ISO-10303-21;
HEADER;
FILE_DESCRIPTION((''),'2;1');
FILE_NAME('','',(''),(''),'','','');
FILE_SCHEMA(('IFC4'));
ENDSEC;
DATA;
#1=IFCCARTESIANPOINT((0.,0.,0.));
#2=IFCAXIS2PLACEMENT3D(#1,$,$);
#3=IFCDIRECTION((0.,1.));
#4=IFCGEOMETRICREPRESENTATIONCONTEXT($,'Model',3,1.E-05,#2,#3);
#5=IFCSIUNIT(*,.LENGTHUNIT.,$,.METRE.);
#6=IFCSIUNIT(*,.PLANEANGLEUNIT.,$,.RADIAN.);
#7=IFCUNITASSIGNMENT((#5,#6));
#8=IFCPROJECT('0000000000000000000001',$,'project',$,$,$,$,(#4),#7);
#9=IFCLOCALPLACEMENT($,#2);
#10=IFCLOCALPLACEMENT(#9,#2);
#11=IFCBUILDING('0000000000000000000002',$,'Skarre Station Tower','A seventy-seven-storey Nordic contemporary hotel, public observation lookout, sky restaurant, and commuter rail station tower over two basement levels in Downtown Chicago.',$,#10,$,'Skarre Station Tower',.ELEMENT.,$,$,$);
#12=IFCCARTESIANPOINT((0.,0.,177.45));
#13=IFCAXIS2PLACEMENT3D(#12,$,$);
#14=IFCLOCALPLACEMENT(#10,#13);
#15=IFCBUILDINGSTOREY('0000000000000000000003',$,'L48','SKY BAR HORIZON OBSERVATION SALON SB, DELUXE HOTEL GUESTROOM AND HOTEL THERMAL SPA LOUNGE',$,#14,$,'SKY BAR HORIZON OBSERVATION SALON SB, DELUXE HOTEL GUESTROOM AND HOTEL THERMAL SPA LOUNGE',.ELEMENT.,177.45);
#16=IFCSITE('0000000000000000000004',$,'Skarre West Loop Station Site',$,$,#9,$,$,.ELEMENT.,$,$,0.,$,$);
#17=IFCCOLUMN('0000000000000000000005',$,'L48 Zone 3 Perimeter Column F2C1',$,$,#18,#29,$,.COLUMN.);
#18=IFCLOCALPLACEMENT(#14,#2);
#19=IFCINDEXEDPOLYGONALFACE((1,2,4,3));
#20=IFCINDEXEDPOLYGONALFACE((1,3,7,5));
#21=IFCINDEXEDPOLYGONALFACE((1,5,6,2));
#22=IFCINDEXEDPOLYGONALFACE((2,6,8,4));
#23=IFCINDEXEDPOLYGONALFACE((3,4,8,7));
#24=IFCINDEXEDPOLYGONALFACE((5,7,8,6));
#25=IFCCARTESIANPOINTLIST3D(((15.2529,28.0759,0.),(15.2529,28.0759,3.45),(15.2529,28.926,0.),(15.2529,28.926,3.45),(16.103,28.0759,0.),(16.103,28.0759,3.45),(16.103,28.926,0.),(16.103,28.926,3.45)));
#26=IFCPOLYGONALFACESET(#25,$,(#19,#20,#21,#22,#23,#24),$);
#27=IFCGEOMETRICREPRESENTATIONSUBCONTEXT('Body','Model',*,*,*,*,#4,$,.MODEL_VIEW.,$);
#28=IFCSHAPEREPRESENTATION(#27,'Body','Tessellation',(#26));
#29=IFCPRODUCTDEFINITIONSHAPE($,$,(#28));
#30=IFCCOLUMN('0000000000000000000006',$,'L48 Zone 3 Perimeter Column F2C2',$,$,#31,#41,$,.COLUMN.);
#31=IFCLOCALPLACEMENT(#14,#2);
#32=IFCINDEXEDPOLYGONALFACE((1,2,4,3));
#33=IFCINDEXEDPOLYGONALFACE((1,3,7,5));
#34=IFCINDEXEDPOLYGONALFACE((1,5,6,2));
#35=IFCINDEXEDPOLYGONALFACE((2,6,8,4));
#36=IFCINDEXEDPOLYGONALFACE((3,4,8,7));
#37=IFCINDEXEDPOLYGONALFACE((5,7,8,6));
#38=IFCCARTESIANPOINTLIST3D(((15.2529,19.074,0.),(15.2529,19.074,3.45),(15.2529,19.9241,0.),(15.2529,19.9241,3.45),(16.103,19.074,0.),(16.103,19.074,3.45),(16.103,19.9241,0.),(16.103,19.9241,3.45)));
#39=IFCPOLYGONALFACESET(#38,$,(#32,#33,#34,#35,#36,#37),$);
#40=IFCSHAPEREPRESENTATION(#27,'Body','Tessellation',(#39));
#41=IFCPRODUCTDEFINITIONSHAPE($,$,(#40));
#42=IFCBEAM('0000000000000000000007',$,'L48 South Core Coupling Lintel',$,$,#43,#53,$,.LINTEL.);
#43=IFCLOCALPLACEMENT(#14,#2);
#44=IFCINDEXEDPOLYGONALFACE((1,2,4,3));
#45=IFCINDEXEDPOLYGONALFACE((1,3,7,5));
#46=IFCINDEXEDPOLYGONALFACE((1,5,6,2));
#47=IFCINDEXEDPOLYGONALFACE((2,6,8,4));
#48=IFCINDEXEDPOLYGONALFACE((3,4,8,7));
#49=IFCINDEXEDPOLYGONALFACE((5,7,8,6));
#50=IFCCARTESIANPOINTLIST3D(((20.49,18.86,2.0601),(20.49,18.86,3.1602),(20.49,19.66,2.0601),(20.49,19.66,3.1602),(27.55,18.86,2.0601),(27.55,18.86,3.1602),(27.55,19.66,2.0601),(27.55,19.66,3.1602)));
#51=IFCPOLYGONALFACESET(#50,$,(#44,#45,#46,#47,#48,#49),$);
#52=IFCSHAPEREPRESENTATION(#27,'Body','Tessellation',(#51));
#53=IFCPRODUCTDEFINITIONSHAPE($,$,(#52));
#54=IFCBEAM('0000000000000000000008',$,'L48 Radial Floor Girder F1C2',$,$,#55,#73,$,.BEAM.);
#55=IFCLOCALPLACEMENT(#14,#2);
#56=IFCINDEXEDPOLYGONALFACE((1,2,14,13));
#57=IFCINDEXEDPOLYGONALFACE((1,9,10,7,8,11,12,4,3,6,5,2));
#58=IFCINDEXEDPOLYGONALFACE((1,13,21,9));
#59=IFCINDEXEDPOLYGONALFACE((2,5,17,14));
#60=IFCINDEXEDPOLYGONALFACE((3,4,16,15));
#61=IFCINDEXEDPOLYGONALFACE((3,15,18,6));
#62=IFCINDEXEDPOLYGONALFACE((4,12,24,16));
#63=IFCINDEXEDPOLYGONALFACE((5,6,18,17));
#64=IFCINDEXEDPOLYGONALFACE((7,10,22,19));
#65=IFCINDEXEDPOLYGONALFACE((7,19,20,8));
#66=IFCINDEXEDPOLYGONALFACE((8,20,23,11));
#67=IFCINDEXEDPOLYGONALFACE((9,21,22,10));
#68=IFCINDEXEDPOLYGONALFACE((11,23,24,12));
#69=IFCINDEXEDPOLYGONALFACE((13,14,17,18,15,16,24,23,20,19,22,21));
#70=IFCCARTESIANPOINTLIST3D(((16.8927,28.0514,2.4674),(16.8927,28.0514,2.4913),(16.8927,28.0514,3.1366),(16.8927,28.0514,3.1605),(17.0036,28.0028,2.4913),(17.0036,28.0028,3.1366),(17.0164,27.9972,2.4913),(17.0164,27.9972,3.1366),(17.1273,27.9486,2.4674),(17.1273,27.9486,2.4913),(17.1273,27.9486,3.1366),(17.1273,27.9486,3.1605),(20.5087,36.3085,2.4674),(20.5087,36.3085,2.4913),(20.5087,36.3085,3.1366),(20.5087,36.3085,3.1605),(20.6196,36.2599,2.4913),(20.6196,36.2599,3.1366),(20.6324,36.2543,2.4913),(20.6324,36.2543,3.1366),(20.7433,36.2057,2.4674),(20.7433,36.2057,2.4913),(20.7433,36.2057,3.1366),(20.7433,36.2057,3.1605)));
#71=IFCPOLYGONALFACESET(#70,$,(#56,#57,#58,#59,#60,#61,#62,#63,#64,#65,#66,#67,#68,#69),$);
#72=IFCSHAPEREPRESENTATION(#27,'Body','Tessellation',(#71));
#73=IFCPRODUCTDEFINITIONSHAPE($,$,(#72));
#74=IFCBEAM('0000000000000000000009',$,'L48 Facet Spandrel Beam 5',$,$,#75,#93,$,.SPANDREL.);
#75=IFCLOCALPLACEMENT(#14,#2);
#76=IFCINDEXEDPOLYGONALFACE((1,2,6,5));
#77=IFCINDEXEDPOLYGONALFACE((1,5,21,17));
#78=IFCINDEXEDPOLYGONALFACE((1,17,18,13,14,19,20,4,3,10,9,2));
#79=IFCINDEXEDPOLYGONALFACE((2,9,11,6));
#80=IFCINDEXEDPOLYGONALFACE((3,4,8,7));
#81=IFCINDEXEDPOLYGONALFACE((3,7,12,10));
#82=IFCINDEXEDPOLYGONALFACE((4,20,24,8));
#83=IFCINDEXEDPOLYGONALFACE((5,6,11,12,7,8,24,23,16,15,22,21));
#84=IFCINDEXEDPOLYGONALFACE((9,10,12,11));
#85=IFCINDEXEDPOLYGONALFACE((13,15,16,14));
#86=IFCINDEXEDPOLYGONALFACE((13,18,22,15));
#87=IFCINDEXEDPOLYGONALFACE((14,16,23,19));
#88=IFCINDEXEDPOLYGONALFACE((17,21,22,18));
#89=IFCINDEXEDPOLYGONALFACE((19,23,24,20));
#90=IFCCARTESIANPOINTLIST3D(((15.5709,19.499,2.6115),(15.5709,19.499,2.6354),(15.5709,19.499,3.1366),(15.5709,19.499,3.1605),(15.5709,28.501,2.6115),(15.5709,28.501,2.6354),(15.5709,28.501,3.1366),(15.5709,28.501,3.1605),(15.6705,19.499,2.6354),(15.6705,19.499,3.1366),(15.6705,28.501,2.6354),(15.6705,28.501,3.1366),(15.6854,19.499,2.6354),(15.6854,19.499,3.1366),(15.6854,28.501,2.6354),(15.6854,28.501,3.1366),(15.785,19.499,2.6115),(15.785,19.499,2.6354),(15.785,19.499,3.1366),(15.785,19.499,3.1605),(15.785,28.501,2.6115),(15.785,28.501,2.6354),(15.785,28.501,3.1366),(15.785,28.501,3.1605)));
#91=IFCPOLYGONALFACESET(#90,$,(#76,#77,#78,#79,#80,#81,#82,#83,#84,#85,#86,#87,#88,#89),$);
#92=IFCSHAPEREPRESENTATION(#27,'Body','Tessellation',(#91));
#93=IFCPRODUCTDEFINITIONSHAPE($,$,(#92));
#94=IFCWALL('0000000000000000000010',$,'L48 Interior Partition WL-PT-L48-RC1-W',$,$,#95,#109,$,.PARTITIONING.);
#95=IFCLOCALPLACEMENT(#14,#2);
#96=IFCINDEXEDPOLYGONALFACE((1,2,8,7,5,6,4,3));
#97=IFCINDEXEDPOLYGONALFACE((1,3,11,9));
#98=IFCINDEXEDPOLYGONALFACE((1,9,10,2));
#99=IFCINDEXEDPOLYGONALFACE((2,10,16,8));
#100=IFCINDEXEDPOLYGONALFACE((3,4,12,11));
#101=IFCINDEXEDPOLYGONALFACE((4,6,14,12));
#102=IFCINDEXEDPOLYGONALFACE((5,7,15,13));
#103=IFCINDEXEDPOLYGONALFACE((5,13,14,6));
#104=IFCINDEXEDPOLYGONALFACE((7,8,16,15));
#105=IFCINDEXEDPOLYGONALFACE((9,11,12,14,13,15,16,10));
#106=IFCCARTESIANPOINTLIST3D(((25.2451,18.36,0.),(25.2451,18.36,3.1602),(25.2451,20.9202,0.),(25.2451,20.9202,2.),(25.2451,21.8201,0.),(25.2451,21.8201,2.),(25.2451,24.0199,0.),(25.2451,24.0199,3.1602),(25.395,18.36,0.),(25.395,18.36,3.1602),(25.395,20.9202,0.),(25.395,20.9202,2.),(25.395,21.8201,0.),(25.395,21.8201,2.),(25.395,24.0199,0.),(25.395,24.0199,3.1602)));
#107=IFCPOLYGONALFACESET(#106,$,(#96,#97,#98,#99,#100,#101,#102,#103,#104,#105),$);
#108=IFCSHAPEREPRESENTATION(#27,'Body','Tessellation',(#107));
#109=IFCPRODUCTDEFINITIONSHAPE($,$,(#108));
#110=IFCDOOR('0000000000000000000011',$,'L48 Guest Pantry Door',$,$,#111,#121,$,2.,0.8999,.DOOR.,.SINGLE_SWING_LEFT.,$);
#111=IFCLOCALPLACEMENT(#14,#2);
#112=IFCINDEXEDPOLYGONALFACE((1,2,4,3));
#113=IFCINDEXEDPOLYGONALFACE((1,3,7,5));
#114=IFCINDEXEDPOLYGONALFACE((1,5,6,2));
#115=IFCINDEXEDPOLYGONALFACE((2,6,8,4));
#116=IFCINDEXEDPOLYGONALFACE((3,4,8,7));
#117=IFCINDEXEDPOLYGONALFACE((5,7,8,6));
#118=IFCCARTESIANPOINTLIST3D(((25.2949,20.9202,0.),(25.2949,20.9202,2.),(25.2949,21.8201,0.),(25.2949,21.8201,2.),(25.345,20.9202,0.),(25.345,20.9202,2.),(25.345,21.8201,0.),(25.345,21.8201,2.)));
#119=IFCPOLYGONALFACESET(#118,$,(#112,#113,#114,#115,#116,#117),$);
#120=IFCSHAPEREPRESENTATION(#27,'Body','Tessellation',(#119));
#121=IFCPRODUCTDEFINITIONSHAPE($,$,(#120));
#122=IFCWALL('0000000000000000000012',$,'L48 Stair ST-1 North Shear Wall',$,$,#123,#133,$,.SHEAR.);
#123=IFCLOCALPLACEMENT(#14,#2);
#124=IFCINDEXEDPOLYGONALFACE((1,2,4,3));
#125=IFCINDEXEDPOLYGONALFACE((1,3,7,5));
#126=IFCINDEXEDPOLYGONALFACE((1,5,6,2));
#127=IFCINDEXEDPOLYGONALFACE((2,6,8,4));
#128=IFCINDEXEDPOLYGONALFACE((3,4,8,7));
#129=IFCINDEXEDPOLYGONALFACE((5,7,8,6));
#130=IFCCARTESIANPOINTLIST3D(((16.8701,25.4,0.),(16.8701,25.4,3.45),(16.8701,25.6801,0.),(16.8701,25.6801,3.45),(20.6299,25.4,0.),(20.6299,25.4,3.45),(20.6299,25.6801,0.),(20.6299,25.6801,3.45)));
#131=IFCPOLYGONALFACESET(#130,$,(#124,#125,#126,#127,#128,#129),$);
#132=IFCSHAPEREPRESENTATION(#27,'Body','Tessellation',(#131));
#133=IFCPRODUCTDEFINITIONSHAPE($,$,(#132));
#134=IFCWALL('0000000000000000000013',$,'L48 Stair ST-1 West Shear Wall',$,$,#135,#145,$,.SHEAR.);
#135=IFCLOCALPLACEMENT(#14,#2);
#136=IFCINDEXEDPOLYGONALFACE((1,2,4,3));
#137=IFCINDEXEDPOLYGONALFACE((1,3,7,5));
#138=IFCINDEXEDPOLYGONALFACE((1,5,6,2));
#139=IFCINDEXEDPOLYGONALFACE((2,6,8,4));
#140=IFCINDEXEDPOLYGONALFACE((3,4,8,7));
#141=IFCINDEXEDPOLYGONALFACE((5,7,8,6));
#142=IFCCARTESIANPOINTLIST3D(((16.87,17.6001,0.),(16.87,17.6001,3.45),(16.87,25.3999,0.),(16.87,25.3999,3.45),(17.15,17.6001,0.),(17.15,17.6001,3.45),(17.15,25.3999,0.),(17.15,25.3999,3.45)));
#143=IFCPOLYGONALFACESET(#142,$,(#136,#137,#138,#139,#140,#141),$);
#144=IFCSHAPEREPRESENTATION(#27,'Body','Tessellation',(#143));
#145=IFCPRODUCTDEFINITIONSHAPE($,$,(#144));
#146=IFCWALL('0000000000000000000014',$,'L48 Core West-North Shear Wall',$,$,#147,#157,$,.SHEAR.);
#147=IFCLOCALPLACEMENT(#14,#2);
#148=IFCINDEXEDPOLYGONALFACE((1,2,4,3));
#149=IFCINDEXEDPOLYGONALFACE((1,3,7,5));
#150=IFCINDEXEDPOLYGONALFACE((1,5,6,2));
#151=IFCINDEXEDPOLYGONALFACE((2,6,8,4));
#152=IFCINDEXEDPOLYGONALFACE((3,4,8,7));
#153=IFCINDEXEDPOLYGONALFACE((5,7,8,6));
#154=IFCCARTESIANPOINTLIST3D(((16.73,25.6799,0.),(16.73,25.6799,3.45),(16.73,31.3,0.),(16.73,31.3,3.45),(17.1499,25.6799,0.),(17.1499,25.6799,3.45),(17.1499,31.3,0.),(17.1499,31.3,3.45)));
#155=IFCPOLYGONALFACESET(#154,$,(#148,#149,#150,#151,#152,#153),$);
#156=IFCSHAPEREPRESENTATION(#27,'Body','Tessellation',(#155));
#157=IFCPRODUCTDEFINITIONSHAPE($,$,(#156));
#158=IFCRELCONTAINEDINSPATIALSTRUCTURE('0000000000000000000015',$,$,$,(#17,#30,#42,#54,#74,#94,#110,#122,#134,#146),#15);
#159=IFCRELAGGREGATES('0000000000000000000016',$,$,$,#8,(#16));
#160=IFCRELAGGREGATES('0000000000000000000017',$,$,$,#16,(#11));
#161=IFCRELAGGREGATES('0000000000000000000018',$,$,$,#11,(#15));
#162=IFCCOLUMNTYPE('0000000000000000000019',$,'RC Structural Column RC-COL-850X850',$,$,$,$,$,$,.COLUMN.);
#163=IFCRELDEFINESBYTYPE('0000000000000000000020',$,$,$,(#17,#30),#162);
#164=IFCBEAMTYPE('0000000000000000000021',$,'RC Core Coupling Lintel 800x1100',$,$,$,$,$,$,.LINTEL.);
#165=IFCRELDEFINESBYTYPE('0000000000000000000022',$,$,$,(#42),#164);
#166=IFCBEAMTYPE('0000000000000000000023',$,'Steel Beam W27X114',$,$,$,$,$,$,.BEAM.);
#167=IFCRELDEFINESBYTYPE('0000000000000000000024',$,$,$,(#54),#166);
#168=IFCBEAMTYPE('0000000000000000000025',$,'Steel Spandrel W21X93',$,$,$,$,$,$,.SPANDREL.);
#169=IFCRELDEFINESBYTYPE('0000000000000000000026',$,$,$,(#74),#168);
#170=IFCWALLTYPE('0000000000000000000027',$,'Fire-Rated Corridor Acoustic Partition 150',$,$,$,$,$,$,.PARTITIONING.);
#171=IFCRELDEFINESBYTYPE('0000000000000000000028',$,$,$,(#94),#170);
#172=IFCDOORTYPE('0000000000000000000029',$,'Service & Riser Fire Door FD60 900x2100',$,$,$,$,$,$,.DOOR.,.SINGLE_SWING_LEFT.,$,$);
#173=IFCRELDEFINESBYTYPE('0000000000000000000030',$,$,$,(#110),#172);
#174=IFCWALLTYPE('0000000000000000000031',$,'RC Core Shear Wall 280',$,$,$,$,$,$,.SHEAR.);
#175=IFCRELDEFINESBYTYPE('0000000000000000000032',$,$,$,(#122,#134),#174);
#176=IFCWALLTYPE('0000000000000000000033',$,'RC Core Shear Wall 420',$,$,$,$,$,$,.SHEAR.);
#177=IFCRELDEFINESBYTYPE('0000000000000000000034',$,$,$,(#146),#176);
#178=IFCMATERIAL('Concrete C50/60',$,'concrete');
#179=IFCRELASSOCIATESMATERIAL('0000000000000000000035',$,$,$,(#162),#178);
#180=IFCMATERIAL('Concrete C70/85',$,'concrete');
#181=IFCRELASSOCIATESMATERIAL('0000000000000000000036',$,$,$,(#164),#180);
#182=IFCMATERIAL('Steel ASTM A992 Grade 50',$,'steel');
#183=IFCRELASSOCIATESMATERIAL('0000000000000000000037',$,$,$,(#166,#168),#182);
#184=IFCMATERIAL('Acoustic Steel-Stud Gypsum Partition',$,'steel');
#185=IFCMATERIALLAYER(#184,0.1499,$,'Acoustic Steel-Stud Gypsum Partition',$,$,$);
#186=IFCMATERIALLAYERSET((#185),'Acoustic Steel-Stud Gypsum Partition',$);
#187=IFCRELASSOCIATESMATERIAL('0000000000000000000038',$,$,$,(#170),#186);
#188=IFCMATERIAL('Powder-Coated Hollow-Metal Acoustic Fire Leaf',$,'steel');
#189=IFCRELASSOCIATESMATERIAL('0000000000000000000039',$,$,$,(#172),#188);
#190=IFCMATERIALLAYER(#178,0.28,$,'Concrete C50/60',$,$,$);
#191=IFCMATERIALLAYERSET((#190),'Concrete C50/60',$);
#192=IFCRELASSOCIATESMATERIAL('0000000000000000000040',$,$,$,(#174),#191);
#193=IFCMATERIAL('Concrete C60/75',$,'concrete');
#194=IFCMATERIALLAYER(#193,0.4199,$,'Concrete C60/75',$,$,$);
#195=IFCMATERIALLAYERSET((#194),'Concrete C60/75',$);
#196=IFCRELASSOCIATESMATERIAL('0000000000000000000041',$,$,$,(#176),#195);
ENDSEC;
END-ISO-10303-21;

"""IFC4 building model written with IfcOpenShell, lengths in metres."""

from ifc_helpers import new_model, si_unit, direction, frame, frame_2d, origin, origin_2d, place, context, subcontext, project, spatial, rectangle, i_section, extrude, material, layer, layer_set, material_profile, profile_set, type_object, element, fill, save


model = new_model("IFC4")

# Units and contexts
model_context = context("Model", 3, precision=1e-05, world=origin(), true_north=direction((0.0, 1.0)))
body_context = subcontext(model_context, "Body", "Model", "MODEL_VIEW")
ifc_project = project(units=[si_unit("LENGTHUNIT", "METRE"), si_unit("PLANEANGLEUNIT", "RADIAN")], contexts=[model_context])

# Site, building, storey
site_placement = place(None, origin())
site = spatial("IfcSite", under=ifc_project, at=site_placement, Name="Skarre West Loop Station Site", CompositionType="ELEMENT", RefElevation=0.0)
building_placement = place(site_placement, origin())
building = spatial("IfcBuilding", under=site, at=building_placement, Name="Skarre Station Tower", Description="A seventy-seven-storey Nordic contemporary hotel, public observation lookout, sky restaurant, and commuter rail station tower over two basement levels in Downtown Chicago.", LongName="Skarre Station Tower", CompositionType="ELEMENT")
storey_placement = place(building_placement, frame((0.0, 0.0, 177.45)))
storey = spatial("IfcBuildingStorey", under=building, at=storey_placement, Name="L48", Description="SKY BAR HORIZON OBSERVATION SALON SB, DELUXE HOTEL GUESTROOM AND HOTEL THERMAL SPA LOUNGE", LongName="SKY BAR HORIZON OBSERVATION SALON SB, DELUXE HOTEL GUESTROOM AND HOTEL THERMAL SPA LOUNGE", CompositionType="ELEMENT", Elevation=177.45)

# Columns
ifc_material_1 = material(Name="Concrete C50/60", Category="concrete")
ifc_material_profile_1 = material_profile(ifc_material_1, rectangle(XDim=0.8501, YDim=0.8501, at=origin_2d()), Name="Concrete C50/60")
ifc_profile_set_1 = profile_set([ifc_material_profile_1], Name="Concrete C50/60")
column_type = type_object("IfcColumnType", Name="RC Structural Column RC-COL-850X850", PredefinedType="COLUMN", material=ifc_profile_set_1)
for number, where, z_axis, x_axis, name in (
    (1, (15.678, 28.501, 0.0), (0.0, 0.0, 1.0), (1.0, 0.0, 0.0), "L48 Zone 3 Perimeter Column F2C1"),
    (2, (15.678, 19.499, 0.0), (0.0, 0.0, 1.0), (1.0, 0.0, 0.0), "L48 Zone 3 Perimeter Column F2C2"),
):
    element("IfcColumn", number, at=place(storey_placement, frame(where, z_axis=z_axis, x_axis=x_axis)), inside=storey, type_object=column_type, Name=name, PredefinedType="COLUMN", context=body_context, shape_type="SweptSolid", body=[
        extrude(rectangle(XDim=0.8501, YDim=0.8501, at=origin_2d()), origin(), (0.0, 0.0, 1.0), 3.45),
    ])

# Beams
ifc_material_2 = material(Name="Concrete C70/85", Category="concrete")
ifc_material_profile_2 = material_profile(ifc_material_2, rectangle(XDim=0.8, YDim=1.1001, at=origin_2d()), Name="Concrete C70/85")
ifc_profile_set_2 = profile_set([ifc_material_profile_2], Name="Concrete C70/85")
beam_type_1 = type_object("IfcBeamType", Name="RC Core Coupling Lintel 800x1100", PredefinedType="LINTEL", material=ifc_profile_set_2)
beam_1_placement = place(storey_placement, frame((20.49, 19.26, 2.6101), z_axis=(1.0, 0.0, 0.0), x_axis=(0.0, 1.0, 0.0)))
element("IfcBeam", 3, at=beam_1_placement, inside=storey, type_object=beam_type_1, Name="L48 South Core Coupling Lintel", PredefinedType="LINTEL", context=body_context, shape_type="SweptSolid", body=[
    extrude(rectangle(XDim=0.8, YDim=1.1001, at=origin_2d()), origin(), (0.0, 0.0, 1.0), 7.0601),
])
ifc_material_3 = material(Name="Steel ASTM A992 Grade 50", Category="steel")
ifc_material_profile_3 = material_profile(ifc_material_3, i_section(OverallWidth=0.2561, OverallDepth=0.6931, WebThickness=0.0139, FlangeThickness=0.0239, at=origin_2d()), Name="Steel ASTM A992 Grade 50")
ifc_profile_set_3 = profile_set([ifc_material_profile_3], Name="Steel ASTM A992 Grade 50")
beam_type_2 = type_object("IfcBeamType", Name="Steel Beam W27X114", PredefinedType="BEAM", material=ifc_profile_set_3)
beam_2_placement = place(storey_placement, frame((17.01, 28.0, 2.814), z_axis=(0.401144, 0.916015, 0.0), x_axis=(-0.916015, 0.401144, 0.0)))
element("IfcBeam", 4, at=beam_2_placement, inside=storey, type_object=beam_type_2, Name="L48 Radial Floor Girder F1C2", PredefinedType="BEAM", context=body_context, shape_type="SweptSolid", body=[
    extrude(i_section(OverallWidth=0.2561, OverallDepth=0.6931, WebThickness=0.0139, FlangeThickness=0.0239, at=origin_2d()), origin(), (0.0, 0.0, 1.0), 9.0142),
])
ifc_material_profile_4 = material_profile(ifc_material_3, i_section(OverallWidth=0.2141, OverallDepth=0.5491, WebThickness=0.0149, FlangeThickness=0.0239, at=origin_2d()), Name="Steel ASTM A992 Grade 50")
ifc_profile_set_4 = profile_set([ifc_material_profile_4], Name="Steel ASTM A992 Grade 50")
beam_type_3 = type_object("IfcBeamType", Name="Steel Spandrel W21X93", PredefinedType="SPANDREL", material=ifc_profile_set_4)
beam_3_placement = place(storey_placement, frame((15.678, 28.501, 2.886), z_axis=(0.0, -1.0, 0.0), x_axis=(1.0, 0.0, 0.0)))
element("IfcBeam", 5, at=beam_3_placement, inside=storey, type_object=beam_type_3, Name="L48 Facet Spandrel Beam 5", PredefinedType="SPANDREL", context=body_context, shape_type="SweptSolid", body=[
    extrude(i_section(OverallWidth=0.2141, OverallDepth=0.5491, WebThickness=0.0149, FlangeThickness=0.0239, at=origin_2d()), origin(), (0.0, 0.0, 1.0), 9.002),
])

# Wall, opening, door
ifc_material_4 = material(Name="Acoustic Steel-Stud Gypsum Partition", Category="steel")
ifc_layer_1 = layer(ifc_material_4, 0.1499, Name="Acoustic Steel-Stud Gypsum Partition")
ifc_layer_set_1 = layer_set([ifc_layer_1], Name="Acoustic Steel-Stud Gypsum Partition")
wall_type_1 = type_object("IfcWallType", Name="Fire-Rated Corridor Acoustic Partition 150", PredefinedType="PARTITIONING", material=ifc_layer_set_1)
wall_1_placement = place(storey_placement, frame((25.3201, 24.02, 0.0), z_axis=(0.0, 0.0, 1.0), x_axis=(0.0, -1.0, 0.0)))
wall_1 = element("IfcWall", 6, at=wall_1_placement, inside=storey, type_object=wall_type_1, Name="L48 Interior Partition WL-PT-L48-RC1-W", PredefinedType="PARTITIONING", context=body_context, shape_type="SweptSolid", body=[
    extrude(rectangle(XDim=5.6599, YDim=0.1499, at=frame_2d((2.8301, 0.0))), origin(), (0.0, 0.0, 1.0), 3.1602),
])
opening_1_placement = place(wall_1_placement, frame((2.2, 0.0, 0.0)))
opening_1 = element("IfcOpeningElement", 7, at=opening_1_placement, cuts=wall_1, PredefinedType="OPENING", context=body_context, shape_type="SweptSolid", body=[
    extrude(rectangle(XDim=0.8999, YDim=2.0, at=frame_2d((0.45, 1.0))), frame((0.0, 0.085, 0.0), z_axis=(0.0, -1.0, 0.0), x_axis=(1.0, 0.0, 0.0)), (0.0, 0.0, 1.0), 0.1699),
])
ifc_material_5 = material(Name="Powder-Coated Hollow-Metal Acoustic Fire Leaf", Category="steel")
door_type_1 = type_object("IfcDoorType", Name="Service & Riser Fire Door FD60 900x2100", OperationType="SINGLE_SWING_LEFT", PredefinedType="DOOR", material=ifc_material_5)
door_1_placement = place(opening_1_placement, origin())
door_1 = element("IfcDoor", 8, at=door_1_placement, inside=storey, type_object=door_type_1, Name="L48 Guest Pantry Door", OperationType="SINGLE_SWING_LEFT", OverallHeight=2.0, OverallWidth=0.8999, PredefinedType="DOOR", context=body_context, shape_type="SweptSolid", body=[
    extrude(rectangle(XDim=0.8999, YDim=2.0, at=frame_2d((0.45, 1.0))), frame((0.0, 0.0249, 0.0), z_axis=(0.0, -1.0, 0.0), x_axis=(1.0, 0.0, 0.0)), (0.0, 0.0, 1.0), 0.05),
])
fill(opening_1, door_1)

# Walls
ifc_layer_2 = layer(ifc_material_1, 0.28, Name="Concrete C50/60")
ifc_layer_set_2 = layer_set([ifc_layer_2], Name="Concrete C50/60")
wall_type_2 = type_object("IfcWallType", Name="RC Core Shear Wall 280", PredefinedType="SHEAR", material=ifc_layer_set_2)
wall_2_placement = place(storey_placement, frame((20.6299, 25.54, 0.0), z_axis=(0.0, 0.0, 1.0), x_axis=(-1.0, 0.0, 0.0)))
element("IfcWall", 9, at=wall_2_placement, inside=storey, type_object=wall_type_2, Name="L48 Stair ST-1 North Shear Wall", PredefinedType="SHEAR", context=body_context, shape_type="SweptSolid", body=[
    extrude(rectangle(XDim=3.7598, YDim=0.28, at=frame_2d((1.8799, 0.0))), origin(), (0.0, 0.0, 1.0), 3.45),
])
wall_3_placement = place(storey_placement, frame((17.01, 25.3999, 0.0), z_axis=(0.0, 0.0, 1.0), x_axis=(0.0, -1.0, 0.0)))
element("IfcWall", 10, at=wall_3_placement, inside=storey, type_object=wall_type_2, Name="L48 Stair ST-1 West Shear Wall", PredefinedType="SHEAR", context=body_context, shape_type="SweptSolid", body=[
    extrude(rectangle(XDim=7.7998, YDim=0.28, at=frame_2d((3.8999, 0.0))), origin(), (0.0, 0.0, 1.0), 3.45),
])
ifc_material_6 = material(Name="Concrete C60/75", Category="concrete")
ifc_layer_3 = layer(ifc_material_6, 0.4199, Name="Concrete C60/75")
ifc_layer_set_3 = layer_set([ifc_layer_3], Name="Concrete C60/75")
wall_type_3 = type_object("IfcWallType", Name="RC Core Shear Wall 420", PredefinedType="SHEAR", material=ifc_layer_set_3)
wall_4_placement = place(storey_placement, frame((16.9399, 25.6799, 0.0), z_axis=(0.0, 0.0, 1.0), x_axis=(0.0, 1.0, 0.0)))
element("IfcWall", 11, at=wall_4_placement, inside=storey, type_object=wall_type_3, Name="L48 Core West-North Shear Wall", PredefinedType="SHEAR", context=body_context, shape_type="SweptSolid", body=[
    extrude(rectangle(XDim=5.6201, YDim=0.4199, at=frame_2d((2.8101, 0.0))), origin(), (0.0, 0.0, 1.0), 3.45),
])

save(model, "model.ifc")
